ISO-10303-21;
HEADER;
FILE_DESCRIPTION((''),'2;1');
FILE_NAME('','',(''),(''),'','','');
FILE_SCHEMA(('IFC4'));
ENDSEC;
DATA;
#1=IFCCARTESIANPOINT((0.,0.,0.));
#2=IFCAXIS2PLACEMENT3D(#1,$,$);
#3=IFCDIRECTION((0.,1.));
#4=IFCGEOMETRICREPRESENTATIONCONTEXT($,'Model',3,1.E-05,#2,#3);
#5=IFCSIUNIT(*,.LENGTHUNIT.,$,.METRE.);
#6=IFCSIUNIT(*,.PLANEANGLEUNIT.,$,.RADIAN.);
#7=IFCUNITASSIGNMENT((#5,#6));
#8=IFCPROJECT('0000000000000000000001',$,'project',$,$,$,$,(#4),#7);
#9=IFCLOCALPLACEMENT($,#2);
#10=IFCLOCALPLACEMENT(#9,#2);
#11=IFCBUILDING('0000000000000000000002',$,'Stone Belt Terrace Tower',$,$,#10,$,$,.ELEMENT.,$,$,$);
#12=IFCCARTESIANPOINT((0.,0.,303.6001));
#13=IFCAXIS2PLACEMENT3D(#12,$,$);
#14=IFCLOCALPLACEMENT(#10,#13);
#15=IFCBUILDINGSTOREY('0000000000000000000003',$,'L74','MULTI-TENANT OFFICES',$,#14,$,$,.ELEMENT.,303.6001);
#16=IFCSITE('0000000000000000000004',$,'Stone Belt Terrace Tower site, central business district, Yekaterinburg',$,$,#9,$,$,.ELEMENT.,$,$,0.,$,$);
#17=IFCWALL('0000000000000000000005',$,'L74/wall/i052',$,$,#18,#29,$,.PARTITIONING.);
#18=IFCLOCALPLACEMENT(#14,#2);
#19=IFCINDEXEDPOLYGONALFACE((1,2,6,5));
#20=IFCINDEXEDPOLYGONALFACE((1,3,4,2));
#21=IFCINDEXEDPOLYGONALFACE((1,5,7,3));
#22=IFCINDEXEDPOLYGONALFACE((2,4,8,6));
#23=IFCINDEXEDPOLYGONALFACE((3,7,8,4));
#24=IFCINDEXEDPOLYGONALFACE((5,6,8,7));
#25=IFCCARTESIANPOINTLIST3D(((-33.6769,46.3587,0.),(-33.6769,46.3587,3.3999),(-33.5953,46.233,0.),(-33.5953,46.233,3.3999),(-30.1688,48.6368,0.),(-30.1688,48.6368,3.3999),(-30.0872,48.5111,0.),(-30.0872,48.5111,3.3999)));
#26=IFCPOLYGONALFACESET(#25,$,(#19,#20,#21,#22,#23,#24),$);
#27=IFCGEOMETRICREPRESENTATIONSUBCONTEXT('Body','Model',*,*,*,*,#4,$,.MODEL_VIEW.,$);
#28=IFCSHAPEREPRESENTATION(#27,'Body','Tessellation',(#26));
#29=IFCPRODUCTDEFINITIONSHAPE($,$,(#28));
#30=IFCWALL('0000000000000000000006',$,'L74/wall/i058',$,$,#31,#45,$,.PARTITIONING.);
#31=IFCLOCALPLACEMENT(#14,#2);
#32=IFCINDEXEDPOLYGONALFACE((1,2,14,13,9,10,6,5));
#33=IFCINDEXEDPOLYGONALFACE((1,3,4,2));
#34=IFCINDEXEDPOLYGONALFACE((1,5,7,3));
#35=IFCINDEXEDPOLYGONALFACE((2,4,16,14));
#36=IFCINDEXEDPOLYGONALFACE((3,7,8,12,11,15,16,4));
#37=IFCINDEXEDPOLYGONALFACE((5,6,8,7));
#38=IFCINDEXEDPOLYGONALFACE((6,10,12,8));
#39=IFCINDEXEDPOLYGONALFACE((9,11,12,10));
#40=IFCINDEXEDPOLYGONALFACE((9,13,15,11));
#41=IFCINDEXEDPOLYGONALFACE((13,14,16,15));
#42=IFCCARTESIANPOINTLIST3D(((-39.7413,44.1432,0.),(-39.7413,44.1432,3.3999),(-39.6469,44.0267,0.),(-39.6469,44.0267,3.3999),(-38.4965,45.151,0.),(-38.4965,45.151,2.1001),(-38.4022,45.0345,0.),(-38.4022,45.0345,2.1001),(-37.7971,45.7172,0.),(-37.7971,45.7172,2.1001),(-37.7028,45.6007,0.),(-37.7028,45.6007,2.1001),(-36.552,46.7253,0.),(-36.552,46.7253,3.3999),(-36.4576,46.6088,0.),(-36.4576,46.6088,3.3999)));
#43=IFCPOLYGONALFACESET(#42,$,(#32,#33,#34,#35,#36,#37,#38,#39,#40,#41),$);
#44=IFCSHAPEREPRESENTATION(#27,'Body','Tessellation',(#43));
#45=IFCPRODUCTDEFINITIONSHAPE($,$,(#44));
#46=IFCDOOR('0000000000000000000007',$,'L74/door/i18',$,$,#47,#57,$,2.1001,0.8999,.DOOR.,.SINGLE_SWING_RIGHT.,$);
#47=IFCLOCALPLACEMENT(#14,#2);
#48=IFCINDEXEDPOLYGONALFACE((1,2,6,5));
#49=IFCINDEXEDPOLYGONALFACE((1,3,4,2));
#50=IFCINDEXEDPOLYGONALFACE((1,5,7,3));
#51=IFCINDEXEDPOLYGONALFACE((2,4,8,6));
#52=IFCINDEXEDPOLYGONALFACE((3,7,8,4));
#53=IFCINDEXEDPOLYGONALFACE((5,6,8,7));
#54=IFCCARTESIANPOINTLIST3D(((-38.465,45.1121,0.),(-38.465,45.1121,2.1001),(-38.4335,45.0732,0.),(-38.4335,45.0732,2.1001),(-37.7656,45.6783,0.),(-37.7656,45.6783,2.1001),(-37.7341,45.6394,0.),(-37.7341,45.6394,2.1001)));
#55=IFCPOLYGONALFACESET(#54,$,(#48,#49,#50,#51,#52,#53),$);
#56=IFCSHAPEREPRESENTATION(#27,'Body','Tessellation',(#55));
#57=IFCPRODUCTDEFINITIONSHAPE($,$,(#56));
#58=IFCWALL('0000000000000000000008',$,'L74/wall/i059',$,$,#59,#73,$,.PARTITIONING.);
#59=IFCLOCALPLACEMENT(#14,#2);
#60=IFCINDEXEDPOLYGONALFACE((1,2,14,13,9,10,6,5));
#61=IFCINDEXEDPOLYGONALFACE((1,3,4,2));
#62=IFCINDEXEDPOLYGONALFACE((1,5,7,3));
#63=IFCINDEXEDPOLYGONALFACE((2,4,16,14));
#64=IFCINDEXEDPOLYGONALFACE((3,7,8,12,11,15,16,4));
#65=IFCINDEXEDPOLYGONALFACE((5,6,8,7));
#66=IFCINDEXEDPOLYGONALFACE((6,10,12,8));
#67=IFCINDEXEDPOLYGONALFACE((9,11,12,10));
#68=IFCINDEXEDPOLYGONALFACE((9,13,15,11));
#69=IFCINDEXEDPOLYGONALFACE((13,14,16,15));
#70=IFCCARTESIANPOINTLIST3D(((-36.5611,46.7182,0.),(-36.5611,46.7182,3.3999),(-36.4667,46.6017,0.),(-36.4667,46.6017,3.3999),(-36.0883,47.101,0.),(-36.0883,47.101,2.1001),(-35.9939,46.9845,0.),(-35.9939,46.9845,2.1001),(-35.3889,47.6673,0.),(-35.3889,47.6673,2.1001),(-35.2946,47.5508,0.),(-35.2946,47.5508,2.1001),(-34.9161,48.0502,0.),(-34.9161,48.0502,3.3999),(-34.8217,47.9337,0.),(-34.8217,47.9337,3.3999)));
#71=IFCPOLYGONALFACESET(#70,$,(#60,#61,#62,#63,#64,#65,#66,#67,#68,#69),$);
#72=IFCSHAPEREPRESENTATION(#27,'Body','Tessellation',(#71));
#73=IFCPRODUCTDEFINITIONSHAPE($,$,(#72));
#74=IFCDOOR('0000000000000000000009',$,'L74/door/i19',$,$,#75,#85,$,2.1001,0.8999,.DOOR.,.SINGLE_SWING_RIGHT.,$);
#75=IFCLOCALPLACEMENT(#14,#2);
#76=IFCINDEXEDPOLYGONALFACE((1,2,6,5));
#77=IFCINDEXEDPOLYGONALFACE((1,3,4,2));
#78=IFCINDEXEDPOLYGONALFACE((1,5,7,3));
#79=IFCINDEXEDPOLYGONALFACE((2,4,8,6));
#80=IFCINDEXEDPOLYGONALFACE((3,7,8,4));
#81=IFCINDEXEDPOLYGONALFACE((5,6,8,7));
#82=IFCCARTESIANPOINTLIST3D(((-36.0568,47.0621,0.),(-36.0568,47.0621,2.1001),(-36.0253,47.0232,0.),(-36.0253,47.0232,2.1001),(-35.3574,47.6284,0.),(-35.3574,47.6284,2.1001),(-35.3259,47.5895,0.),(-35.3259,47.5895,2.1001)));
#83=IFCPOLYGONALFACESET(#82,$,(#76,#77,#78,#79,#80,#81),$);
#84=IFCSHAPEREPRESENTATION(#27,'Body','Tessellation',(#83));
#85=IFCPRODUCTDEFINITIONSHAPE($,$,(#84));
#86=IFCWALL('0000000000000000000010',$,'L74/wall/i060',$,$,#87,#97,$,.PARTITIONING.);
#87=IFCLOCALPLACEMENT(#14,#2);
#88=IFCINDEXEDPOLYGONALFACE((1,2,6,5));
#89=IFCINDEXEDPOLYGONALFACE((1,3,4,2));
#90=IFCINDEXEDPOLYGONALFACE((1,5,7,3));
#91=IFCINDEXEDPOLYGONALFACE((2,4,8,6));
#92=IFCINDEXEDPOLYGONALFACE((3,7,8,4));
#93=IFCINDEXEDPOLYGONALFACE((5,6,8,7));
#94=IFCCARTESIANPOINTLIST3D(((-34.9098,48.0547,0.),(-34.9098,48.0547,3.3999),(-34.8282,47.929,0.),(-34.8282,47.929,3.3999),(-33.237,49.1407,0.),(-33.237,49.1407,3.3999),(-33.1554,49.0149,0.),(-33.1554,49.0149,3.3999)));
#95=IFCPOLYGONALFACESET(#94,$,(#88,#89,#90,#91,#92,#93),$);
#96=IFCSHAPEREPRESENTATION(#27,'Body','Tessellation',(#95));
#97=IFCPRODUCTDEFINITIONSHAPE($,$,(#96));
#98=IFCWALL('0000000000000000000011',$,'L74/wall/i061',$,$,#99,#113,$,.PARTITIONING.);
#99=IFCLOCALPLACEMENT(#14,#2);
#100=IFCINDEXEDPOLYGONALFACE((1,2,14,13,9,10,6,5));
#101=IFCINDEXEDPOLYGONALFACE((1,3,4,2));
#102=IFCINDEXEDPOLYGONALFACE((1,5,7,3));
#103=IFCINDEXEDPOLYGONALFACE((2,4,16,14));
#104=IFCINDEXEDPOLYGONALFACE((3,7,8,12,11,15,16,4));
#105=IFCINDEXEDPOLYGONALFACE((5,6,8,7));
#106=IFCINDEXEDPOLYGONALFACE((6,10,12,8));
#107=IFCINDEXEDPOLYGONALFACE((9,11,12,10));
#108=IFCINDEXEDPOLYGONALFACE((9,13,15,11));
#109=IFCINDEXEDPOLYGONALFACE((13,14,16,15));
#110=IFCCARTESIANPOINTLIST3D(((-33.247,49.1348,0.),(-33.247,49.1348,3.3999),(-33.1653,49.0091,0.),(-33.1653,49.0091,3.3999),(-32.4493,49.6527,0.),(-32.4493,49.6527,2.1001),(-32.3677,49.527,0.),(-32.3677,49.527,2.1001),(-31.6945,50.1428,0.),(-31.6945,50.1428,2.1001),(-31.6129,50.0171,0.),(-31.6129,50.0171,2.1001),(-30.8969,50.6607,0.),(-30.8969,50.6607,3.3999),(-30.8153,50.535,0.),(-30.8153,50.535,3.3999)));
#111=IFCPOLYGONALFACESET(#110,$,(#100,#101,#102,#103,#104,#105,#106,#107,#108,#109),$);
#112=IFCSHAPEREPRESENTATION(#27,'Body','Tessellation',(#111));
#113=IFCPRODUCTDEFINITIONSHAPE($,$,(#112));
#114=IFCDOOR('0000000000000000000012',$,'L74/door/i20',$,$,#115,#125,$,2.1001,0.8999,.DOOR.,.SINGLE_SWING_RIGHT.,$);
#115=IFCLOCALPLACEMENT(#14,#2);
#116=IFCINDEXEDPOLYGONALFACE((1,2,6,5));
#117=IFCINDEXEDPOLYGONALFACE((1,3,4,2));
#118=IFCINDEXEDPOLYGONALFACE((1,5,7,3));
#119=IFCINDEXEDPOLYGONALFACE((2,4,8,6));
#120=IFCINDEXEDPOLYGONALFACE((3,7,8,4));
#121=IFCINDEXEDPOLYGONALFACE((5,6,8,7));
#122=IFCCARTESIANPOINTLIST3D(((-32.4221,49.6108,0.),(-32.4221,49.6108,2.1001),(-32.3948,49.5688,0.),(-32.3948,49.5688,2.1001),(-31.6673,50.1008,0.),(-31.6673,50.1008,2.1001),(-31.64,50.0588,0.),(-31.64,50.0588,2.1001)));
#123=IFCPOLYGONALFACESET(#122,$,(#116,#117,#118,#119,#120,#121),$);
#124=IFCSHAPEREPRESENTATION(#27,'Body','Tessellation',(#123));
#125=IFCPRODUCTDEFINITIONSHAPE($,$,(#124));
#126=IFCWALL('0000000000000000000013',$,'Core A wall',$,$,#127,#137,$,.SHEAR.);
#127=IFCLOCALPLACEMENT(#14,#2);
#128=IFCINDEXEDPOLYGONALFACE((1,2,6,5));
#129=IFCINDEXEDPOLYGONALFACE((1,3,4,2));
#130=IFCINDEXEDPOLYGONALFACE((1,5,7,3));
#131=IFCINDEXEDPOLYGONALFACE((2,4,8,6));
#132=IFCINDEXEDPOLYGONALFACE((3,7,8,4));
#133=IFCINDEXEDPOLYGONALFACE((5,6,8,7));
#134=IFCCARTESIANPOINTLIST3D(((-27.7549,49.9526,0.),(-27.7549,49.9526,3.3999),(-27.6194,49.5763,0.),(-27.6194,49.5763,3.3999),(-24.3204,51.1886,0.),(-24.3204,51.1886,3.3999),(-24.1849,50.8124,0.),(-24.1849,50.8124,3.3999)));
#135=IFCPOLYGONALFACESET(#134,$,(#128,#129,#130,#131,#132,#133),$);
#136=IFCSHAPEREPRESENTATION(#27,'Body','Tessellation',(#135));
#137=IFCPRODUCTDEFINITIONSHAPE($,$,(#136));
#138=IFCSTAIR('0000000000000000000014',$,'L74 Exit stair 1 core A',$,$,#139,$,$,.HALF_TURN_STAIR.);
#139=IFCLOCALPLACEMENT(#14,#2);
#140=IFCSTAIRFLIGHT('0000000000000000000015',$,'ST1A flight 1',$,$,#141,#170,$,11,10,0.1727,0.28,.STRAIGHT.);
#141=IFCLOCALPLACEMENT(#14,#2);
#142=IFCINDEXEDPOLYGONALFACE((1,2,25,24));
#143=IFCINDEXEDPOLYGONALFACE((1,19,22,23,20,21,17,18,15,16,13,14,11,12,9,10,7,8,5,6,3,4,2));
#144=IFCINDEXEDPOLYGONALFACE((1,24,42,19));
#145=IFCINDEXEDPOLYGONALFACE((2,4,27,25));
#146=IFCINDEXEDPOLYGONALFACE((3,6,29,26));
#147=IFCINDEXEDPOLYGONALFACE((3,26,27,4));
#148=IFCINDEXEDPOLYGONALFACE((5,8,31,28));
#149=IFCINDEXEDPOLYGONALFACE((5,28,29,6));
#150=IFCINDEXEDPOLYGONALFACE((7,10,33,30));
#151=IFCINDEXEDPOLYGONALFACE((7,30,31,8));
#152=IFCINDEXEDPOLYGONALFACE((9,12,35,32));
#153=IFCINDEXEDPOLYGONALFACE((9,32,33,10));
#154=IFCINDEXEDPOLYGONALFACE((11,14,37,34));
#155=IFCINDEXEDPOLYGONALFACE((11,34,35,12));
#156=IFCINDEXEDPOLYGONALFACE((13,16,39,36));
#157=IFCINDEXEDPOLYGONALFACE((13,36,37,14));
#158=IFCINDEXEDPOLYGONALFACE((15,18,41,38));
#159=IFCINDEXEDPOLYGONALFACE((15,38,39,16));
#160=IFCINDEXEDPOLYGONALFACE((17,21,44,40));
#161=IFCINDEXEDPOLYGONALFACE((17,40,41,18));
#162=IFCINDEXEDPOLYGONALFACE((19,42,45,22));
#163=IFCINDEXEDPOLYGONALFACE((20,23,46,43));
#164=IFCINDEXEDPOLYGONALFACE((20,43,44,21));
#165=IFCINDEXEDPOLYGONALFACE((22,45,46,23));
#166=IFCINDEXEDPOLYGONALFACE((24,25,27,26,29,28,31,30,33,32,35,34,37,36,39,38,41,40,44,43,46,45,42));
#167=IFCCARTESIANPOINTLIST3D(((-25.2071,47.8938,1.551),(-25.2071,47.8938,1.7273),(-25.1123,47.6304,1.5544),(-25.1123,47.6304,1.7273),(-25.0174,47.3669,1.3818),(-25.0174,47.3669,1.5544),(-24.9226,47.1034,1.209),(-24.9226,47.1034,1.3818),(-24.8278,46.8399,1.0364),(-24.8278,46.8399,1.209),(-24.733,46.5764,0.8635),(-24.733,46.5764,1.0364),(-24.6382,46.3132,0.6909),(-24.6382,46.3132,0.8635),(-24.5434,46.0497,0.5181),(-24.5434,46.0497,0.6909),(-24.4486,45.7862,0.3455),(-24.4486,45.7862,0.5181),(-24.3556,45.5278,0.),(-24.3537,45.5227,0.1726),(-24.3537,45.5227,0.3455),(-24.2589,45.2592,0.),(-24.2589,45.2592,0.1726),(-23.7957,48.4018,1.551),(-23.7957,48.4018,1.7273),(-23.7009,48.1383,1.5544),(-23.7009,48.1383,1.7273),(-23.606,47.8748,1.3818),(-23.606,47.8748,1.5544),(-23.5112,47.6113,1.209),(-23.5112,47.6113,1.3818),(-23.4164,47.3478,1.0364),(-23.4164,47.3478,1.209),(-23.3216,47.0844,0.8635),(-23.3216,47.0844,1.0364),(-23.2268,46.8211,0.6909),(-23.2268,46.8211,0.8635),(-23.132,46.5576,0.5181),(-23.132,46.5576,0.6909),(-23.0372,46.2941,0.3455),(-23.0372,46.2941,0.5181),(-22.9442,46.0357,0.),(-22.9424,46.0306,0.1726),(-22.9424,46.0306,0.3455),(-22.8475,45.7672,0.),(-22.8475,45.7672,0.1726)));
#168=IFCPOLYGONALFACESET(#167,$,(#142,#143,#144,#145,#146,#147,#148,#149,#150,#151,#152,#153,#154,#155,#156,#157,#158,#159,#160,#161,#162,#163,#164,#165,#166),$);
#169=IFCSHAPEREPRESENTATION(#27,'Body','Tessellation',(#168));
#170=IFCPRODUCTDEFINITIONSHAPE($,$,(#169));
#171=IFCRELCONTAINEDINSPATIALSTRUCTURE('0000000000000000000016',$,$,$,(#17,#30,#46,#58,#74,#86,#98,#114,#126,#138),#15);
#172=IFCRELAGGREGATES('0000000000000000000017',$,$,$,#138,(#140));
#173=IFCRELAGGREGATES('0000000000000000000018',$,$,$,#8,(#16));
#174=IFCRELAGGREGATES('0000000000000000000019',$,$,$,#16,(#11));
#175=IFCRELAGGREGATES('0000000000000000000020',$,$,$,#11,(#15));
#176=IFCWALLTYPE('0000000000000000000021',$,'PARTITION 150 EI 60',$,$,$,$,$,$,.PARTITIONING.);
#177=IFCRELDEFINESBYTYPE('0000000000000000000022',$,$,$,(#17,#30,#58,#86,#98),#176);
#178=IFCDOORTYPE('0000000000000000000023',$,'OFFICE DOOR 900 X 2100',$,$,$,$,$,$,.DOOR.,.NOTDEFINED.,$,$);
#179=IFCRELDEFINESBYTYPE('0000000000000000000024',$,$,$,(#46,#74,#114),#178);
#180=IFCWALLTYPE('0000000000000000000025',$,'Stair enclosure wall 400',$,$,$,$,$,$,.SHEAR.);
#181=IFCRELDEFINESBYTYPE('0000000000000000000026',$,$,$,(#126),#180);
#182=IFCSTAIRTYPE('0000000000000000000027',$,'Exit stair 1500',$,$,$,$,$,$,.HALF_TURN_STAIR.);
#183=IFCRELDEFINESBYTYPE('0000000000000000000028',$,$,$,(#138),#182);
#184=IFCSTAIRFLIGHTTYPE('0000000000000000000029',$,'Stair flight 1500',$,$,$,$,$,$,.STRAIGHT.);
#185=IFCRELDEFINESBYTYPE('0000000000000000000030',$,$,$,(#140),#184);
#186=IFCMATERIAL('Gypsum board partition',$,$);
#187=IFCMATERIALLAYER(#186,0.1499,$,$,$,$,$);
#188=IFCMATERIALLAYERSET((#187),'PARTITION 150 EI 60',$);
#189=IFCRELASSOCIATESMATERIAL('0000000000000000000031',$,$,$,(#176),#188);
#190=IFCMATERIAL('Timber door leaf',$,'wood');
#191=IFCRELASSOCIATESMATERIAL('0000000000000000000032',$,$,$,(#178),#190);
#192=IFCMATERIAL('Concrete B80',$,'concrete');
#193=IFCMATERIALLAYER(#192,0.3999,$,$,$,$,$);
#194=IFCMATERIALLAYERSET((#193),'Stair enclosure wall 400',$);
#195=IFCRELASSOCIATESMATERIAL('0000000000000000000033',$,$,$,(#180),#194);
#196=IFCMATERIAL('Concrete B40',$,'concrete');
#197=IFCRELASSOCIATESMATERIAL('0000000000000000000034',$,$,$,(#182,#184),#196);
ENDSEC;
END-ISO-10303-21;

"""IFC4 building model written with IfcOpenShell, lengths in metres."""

from ifc_helpers import new_model, si_unit, direction, frame, frame_2d, origin, place, context, subcontext, project, spatial, polyline, rectangle, outline, extrude, material, layer, layer_set, type_object, element, fill, aggregate, save


model = new_model("IFC4")

# Units and contexts
model_context = context("Model", 3, precision=1e-05, world=origin(), true_north=direction((0.0, 1.0)))
body_context = subcontext(model_context, "Body", "Model", "MODEL_VIEW")
ifc_project = project(units=[si_unit("LENGTHUNIT", "METRE"), si_unit("PLANEANGLEUNIT", "RADIAN")], contexts=[model_context])

# Site, building, storey
site_placement = place(None, origin())
site = spatial("IfcSite", under=ifc_project, at=site_placement, Name="Stone Belt Terrace Tower site, central business district, Yekaterinburg", CompositionType="ELEMENT", RefElevation=0.0)
building_placement = place(site_placement, origin())
building = spatial("IfcBuilding", under=site, at=building_placement, Name="Stone Belt Terrace Tower", CompositionType="ELEMENT")
storey_placement = place(building_placement, frame((0.0, 0.0, 303.6001)))
storey = spatial("IfcBuildingStorey", under=building, at=storey_placement, Name="L74", Description="MULTI-TENANT OFFICES", CompositionType="ELEMENT", Elevation=303.6001)

# Wall
ifc_material_1 = material(Name="Concrete B80", Category="concrete")
ifc_material_2 = material(Name="Gypsum board partition")
ifc_layer_1 = layer(ifc_material_2, 0.1499)
ifc_layer_set_1 = layer_set([ifc_layer_1], Name="PARTITION 150 EI 60")
wall_type_1 = type_object("IfcWallType", Name="PARTITION 150 EI 60", PredefinedType="PARTITIONING", material=ifc_layer_set_1)
wall_1_placement = place(storey_placement, frame((-33.636, 46.2959, 0.0), z_axis=(0.0, 0.0, 1.0), x_axis=(0.83868, 0.544625, 0.0)))
element("IfcWall", 1, at=wall_1_placement, inside=storey, type_object=wall_type_1, Name="L74/wall/i052", PredefinedType="PARTITIONING", context=body_context, shape_type="SweptSolid", body=[
    extrude(rectangle(XDim=4.1829, YDim=0.1499, at=frame_2d((2.0913, 0.0))), origin(), (0.0, 0.0, 1.0), 3.3999),
])

# Walls, openings, doors
wall_2_placement = place(storey_placement, frame((-39.6941, 44.085, 0.0), z_axis=(0.0, 0.0, 1.0), x_axis=(0.77721, 0.629241, 0.0)))
wall_2 = element("IfcWall", 2, at=wall_2_placement, inside=storey, type_object=wall_type_1, Name="L74/wall/i058", PredefinedType="PARTITIONING", context=body_context, shape_type="SweptSolid", body=[
    extrude(rectangle(XDim=4.1035, YDim=0.1499, at=frame_2d((2.0518, 0.0))), origin(), (0.0, 0.0, 1.0), 3.3999),
])
opening_1_placement = place(wall_2_placement, frame((1.6016, 0.0, 0.0)))
opening_1 = element("IfcOpeningElement", 3, at=opening_1_placement, cuts=wall_2, PredefinedType="OPENING", context=body_context, shape_type="SweptSolid", body=[
    extrude(rectangle(XDim=0.8999, YDim=2.1001, at=frame_2d((0.45, 1.05))), frame((0.0, 0.085, 0.0), z_axis=(0.0, -1.0, 0.0), x_axis=(1.0, 0.0, 0.0)), (0.0, 0.0, 1.0), 0.1699),
])
ifc_material_3 = material(Name="Timber door leaf", Category="wood")
door_type = type_object("IfcDoorType", Name="OFFICE DOOR 900 X 2100", OperationType="NOTDEFINED", PredefinedType="DOOR", material=ifc_material_3)
door_1_placement = place(opening_1_placement, origin())
door_1 = element("IfcDoor", 4, at=door_1_placement, inside=storey, type_object=door_type, Name="L74/door/i18", OperationType="SINGLE_SWING_RIGHT", OverallHeight=2.1001, OverallWidth=0.8999, PredefinedType="DOOR", context=body_context, shape_type="SweptSolid", body=[
    extrude(rectangle(XDim=0.8999, YDim=2.1001, at=frame_2d((0.45, 1.05))), frame((0.0, 0.0249, 0.0), z_axis=(0.0, -1.0, 0.0), x_axis=(1.0, 0.0, 0.0)), (0.0, 0.0, 1.0), 0.05),
])
fill(opening_1, door_1)
wall_3_placement = place(storey_placement, frame((-36.5139, 46.6599, 0.0), z_axis=(0.0, 0.0, 1.0), x_axis=(0.777164, 0.629298, 0.0)))
wall_3 = element("IfcWall", 5, at=wall_3_placement, inside=storey, type_object=wall_type_1, Name="L74/wall/i059", PredefinedType="PARTITIONING", context=body_context, shape_type="SweptSolid", body=[
    extrude(rectangle(XDim=2.1167, YDim=0.1499, at=frame_2d((1.0583, 0.0))), origin(), (0.0, 0.0, 1.0), 3.3999),
])
opening_2_placement = place(wall_3_placement, frame((0.6084, 0.0, 0.0)))
opening_2 = element("IfcOpeningElement", 6, at=opening_2_placement, cuts=wall_3, PredefinedType="OPENING", context=body_context, shape_type="SweptSolid", body=[
    extrude(rectangle(XDim=0.8999, YDim=2.1001, at=frame_2d((0.45, 1.05))), frame((0.0, 0.085, 0.0), z_axis=(0.0, -1.0, 0.0), x_axis=(1.0, 0.0, 0.0)), (0.0, 0.0, 1.0), 0.1699),
])
door_2_placement = place(opening_2_placement, origin())
door_2 = element("IfcDoor", 7, at=door_2_placement, inside=storey, type_object=door_type, Name="L74/door/i19", OperationType="SINGLE_SWING_RIGHT", OverallHeight=2.1001, OverallWidth=0.8999, PredefinedType="DOOR", context=body_context, shape_type="SweptSolid", body=[
    extrude(rectangle(XDim=0.8999, YDim=2.1001, at=frame_2d((0.45, 1.05))), frame((0.0, 0.0249, 0.0), z_axis=(0.0, -1.0, 0.0), x_axis=(1.0, 0.0, 0.0)), (0.0, 0.0, 1.0), 0.05),
])
fill(opening_2, door_2)

# Wall
wall_4_placement = place(storey_placement, frame((-34.8689, 47.9919, 0.0), z_axis=(0.0, 0.0, 1.0), x_axis=(0.838768, 0.544489, 0.0)))
element("IfcWall", 8, at=wall_4_placement, inside=storey, type_object=wall_type_1, Name="L74/wall/i060", PredefinedType="PARTITIONING", context=body_context, shape_type="SweptSolid", body=[
    extrude(rectangle(XDim=1.9944, YDim=0.1499, at=frame_2d((0.9971, 0.0))), origin(), (0.0, 0.0, 1.0), 3.3999),
])

# Wall, opening, door
wall_5_placement = place(storey_placement, frame((-33.2061, 49.072, 0.0), z_axis=(0.0, 0.0, 1.0), x_axis=(0.838718, 0.544566, 0.0)))
wall_5 = element("IfcWall", 9, at=wall_5_placement, inside=storey, type_object=wall_type_1, Name="L74/wall/i061", PredefinedType="PARTITIONING", context=body_context, shape_type="SweptSolid", body=[
    extrude(rectangle(XDim=2.802, YDim=0.1499, at=frame_2d((1.4009, 0.0))), origin(), (0.0, 0.0, 1.0), 3.3999),
])
opening_3_placement = place(wall_5_placement, frame((0.9509, 0.0, 0.0)))
opening_3 = element("IfcOpeningElement", 10, at=opening_3_placement, cuts=wall_5, PredefinedType="OPENING", context=body_context, shape_type="SweptSolid", body=[
    extrude(rectangle(XDim=0.8999, YDim=2.1001, at=frame_2d((0.45, 1.05))), frame((0.0, 0.085, 0.0), z_axis=(0.0, -1.0, 0.0), x_axis=(1.0, 0.0, 0.0)), (0.0, 0.0, 1.0), 0.1699),
])
door_3_placement = place(opening_3_placement, origin())
door_3 = element("IfcDoor", 11, at=door_3_placement, inside=storey, type_object=door_type, Name="L74/door/i20", OperationType="SINGLE_SWING_RIGHT", OverallHeight=2.1001, OverallWidth=0.8999, PredefinedType="DOOR", context=body_context, shape_type="SweptSolid", body=[
    extrude(rectangle(XDim=0.8999, YDim=2.1001, at=frame_2d((0.45, 1.05))), frame((0.0, 0.0249, 0.0), z_axis=(0.0, -1.0, 0.0), x_axis=(1.0, 0.0, 0.0)), (0.0, 0.0, 1.0), 0.05),
])
fill(opening_3, door_3)

# Wall
ifc_layer_2 = layer(ifc_material_1, 0.3999)
ifc_layer_set_2 = layer_set([ifc_layer_2], Name="Stair enclosure wall 400")
wall_type_2 = type_object("IfcWallType", Name="Stair enclosure wall 400", PredefinedType="SHEAR", material=ifc_layer_set_2)
wall_6_placement = place(storey_placement, frame((-27.6873, 49.7644, 0.0), z_axis=(0.0, 0.0, 1.0), x_axis=(0.940919, 0.338632, 0.0)))
element("IfcWall", 12, at=wall_6_placement, inside=storey, type_object=wall_type_2, Name="Core A wall", PredefinedType="SHEAR", context=body_context, shape_type="SweptSolid", body=[
    extrude(rectangle(XDim=3.6501, YDim=0.3999, at=frame_2d((1.8252, 0.0))), origin(), (0.0, 0.0, 1.0), 3.3999),
])

# Stair, stair flight
ifc_material_4 = material(Name="Concrete B40", Category="concrete")
stair_type = type_object("IfcStairType", Name="Exit stair 1500", PredefinedType="HALF_TURN_STAIR", material=ifc_material_4)
stair_placement = place(storey_placement, origin())
stair = element("IfcStair", 13, at=stair_placement, inside=storey, type_object=stair_type, Name="L74 Exit stair 1 core A", PredefinedType="HALF_TURN_STAIR")
stair_flight_type = type_object("IfcStairFlightType", Name="Stair flight 1500", PredefinedType="STRAIGHT", material=ifc_material_4)
stair_flight_1_placement = place(storey_placement, frame((-23.5532, 45.5132, 0.0), z_axis=(0.0, 0.0, 1.0), x_axis=(-0.338624, 0.940922, 0.0)))
stair_flight_1 = element("IfcStairFlight", 14, at=stair_flight_1_placement, type_object=stair_flight_type, Name="ST1A flight 1", NumberOfRisers=11, NumberOfTreads=10, PredefinedType="STRAIGHT", RiserHeight=0.1727, TreadLength=0.28, context=body_context, shape_type="SweptSolid", body=[
    extrude(outline(polyline([(0.0, 0.0), (0.0, 0.1726), (0.28, 0.1726), (0.28, 0.3455), (0.5601, 0.3455), (0.5601, 0.5181), (0.8401, 0.5181), (0.8401, 0.6909), (1.1201, 0.6909), (1.1201, 0.8635), (1.3999, 0.8635), (1.3999, 1.0364), (1.6799, 1.0364), (1.6799, 1.209), (1.96, 1.209), (1.96, 1.3818), (2.24, 1.3818), (2.24, 1.5544), (2.52, 1.5544), (2.52, 1.7273), (2.8, 1.7273), (2.8, 1.8999), (2.8, 1.551), (0.2854, 0.0), (0.0, 0.0)])), frame((0.0, 0.75, 0.0), z_axis=(0.0, -1.0, 0.0), x_axis=(1.0, 0.0, 0.0)), (0.0, 0.0, 1.0), 1.5),
])
aggregate(stair, [stair_flight_1])

save(model, "model.ifc")
